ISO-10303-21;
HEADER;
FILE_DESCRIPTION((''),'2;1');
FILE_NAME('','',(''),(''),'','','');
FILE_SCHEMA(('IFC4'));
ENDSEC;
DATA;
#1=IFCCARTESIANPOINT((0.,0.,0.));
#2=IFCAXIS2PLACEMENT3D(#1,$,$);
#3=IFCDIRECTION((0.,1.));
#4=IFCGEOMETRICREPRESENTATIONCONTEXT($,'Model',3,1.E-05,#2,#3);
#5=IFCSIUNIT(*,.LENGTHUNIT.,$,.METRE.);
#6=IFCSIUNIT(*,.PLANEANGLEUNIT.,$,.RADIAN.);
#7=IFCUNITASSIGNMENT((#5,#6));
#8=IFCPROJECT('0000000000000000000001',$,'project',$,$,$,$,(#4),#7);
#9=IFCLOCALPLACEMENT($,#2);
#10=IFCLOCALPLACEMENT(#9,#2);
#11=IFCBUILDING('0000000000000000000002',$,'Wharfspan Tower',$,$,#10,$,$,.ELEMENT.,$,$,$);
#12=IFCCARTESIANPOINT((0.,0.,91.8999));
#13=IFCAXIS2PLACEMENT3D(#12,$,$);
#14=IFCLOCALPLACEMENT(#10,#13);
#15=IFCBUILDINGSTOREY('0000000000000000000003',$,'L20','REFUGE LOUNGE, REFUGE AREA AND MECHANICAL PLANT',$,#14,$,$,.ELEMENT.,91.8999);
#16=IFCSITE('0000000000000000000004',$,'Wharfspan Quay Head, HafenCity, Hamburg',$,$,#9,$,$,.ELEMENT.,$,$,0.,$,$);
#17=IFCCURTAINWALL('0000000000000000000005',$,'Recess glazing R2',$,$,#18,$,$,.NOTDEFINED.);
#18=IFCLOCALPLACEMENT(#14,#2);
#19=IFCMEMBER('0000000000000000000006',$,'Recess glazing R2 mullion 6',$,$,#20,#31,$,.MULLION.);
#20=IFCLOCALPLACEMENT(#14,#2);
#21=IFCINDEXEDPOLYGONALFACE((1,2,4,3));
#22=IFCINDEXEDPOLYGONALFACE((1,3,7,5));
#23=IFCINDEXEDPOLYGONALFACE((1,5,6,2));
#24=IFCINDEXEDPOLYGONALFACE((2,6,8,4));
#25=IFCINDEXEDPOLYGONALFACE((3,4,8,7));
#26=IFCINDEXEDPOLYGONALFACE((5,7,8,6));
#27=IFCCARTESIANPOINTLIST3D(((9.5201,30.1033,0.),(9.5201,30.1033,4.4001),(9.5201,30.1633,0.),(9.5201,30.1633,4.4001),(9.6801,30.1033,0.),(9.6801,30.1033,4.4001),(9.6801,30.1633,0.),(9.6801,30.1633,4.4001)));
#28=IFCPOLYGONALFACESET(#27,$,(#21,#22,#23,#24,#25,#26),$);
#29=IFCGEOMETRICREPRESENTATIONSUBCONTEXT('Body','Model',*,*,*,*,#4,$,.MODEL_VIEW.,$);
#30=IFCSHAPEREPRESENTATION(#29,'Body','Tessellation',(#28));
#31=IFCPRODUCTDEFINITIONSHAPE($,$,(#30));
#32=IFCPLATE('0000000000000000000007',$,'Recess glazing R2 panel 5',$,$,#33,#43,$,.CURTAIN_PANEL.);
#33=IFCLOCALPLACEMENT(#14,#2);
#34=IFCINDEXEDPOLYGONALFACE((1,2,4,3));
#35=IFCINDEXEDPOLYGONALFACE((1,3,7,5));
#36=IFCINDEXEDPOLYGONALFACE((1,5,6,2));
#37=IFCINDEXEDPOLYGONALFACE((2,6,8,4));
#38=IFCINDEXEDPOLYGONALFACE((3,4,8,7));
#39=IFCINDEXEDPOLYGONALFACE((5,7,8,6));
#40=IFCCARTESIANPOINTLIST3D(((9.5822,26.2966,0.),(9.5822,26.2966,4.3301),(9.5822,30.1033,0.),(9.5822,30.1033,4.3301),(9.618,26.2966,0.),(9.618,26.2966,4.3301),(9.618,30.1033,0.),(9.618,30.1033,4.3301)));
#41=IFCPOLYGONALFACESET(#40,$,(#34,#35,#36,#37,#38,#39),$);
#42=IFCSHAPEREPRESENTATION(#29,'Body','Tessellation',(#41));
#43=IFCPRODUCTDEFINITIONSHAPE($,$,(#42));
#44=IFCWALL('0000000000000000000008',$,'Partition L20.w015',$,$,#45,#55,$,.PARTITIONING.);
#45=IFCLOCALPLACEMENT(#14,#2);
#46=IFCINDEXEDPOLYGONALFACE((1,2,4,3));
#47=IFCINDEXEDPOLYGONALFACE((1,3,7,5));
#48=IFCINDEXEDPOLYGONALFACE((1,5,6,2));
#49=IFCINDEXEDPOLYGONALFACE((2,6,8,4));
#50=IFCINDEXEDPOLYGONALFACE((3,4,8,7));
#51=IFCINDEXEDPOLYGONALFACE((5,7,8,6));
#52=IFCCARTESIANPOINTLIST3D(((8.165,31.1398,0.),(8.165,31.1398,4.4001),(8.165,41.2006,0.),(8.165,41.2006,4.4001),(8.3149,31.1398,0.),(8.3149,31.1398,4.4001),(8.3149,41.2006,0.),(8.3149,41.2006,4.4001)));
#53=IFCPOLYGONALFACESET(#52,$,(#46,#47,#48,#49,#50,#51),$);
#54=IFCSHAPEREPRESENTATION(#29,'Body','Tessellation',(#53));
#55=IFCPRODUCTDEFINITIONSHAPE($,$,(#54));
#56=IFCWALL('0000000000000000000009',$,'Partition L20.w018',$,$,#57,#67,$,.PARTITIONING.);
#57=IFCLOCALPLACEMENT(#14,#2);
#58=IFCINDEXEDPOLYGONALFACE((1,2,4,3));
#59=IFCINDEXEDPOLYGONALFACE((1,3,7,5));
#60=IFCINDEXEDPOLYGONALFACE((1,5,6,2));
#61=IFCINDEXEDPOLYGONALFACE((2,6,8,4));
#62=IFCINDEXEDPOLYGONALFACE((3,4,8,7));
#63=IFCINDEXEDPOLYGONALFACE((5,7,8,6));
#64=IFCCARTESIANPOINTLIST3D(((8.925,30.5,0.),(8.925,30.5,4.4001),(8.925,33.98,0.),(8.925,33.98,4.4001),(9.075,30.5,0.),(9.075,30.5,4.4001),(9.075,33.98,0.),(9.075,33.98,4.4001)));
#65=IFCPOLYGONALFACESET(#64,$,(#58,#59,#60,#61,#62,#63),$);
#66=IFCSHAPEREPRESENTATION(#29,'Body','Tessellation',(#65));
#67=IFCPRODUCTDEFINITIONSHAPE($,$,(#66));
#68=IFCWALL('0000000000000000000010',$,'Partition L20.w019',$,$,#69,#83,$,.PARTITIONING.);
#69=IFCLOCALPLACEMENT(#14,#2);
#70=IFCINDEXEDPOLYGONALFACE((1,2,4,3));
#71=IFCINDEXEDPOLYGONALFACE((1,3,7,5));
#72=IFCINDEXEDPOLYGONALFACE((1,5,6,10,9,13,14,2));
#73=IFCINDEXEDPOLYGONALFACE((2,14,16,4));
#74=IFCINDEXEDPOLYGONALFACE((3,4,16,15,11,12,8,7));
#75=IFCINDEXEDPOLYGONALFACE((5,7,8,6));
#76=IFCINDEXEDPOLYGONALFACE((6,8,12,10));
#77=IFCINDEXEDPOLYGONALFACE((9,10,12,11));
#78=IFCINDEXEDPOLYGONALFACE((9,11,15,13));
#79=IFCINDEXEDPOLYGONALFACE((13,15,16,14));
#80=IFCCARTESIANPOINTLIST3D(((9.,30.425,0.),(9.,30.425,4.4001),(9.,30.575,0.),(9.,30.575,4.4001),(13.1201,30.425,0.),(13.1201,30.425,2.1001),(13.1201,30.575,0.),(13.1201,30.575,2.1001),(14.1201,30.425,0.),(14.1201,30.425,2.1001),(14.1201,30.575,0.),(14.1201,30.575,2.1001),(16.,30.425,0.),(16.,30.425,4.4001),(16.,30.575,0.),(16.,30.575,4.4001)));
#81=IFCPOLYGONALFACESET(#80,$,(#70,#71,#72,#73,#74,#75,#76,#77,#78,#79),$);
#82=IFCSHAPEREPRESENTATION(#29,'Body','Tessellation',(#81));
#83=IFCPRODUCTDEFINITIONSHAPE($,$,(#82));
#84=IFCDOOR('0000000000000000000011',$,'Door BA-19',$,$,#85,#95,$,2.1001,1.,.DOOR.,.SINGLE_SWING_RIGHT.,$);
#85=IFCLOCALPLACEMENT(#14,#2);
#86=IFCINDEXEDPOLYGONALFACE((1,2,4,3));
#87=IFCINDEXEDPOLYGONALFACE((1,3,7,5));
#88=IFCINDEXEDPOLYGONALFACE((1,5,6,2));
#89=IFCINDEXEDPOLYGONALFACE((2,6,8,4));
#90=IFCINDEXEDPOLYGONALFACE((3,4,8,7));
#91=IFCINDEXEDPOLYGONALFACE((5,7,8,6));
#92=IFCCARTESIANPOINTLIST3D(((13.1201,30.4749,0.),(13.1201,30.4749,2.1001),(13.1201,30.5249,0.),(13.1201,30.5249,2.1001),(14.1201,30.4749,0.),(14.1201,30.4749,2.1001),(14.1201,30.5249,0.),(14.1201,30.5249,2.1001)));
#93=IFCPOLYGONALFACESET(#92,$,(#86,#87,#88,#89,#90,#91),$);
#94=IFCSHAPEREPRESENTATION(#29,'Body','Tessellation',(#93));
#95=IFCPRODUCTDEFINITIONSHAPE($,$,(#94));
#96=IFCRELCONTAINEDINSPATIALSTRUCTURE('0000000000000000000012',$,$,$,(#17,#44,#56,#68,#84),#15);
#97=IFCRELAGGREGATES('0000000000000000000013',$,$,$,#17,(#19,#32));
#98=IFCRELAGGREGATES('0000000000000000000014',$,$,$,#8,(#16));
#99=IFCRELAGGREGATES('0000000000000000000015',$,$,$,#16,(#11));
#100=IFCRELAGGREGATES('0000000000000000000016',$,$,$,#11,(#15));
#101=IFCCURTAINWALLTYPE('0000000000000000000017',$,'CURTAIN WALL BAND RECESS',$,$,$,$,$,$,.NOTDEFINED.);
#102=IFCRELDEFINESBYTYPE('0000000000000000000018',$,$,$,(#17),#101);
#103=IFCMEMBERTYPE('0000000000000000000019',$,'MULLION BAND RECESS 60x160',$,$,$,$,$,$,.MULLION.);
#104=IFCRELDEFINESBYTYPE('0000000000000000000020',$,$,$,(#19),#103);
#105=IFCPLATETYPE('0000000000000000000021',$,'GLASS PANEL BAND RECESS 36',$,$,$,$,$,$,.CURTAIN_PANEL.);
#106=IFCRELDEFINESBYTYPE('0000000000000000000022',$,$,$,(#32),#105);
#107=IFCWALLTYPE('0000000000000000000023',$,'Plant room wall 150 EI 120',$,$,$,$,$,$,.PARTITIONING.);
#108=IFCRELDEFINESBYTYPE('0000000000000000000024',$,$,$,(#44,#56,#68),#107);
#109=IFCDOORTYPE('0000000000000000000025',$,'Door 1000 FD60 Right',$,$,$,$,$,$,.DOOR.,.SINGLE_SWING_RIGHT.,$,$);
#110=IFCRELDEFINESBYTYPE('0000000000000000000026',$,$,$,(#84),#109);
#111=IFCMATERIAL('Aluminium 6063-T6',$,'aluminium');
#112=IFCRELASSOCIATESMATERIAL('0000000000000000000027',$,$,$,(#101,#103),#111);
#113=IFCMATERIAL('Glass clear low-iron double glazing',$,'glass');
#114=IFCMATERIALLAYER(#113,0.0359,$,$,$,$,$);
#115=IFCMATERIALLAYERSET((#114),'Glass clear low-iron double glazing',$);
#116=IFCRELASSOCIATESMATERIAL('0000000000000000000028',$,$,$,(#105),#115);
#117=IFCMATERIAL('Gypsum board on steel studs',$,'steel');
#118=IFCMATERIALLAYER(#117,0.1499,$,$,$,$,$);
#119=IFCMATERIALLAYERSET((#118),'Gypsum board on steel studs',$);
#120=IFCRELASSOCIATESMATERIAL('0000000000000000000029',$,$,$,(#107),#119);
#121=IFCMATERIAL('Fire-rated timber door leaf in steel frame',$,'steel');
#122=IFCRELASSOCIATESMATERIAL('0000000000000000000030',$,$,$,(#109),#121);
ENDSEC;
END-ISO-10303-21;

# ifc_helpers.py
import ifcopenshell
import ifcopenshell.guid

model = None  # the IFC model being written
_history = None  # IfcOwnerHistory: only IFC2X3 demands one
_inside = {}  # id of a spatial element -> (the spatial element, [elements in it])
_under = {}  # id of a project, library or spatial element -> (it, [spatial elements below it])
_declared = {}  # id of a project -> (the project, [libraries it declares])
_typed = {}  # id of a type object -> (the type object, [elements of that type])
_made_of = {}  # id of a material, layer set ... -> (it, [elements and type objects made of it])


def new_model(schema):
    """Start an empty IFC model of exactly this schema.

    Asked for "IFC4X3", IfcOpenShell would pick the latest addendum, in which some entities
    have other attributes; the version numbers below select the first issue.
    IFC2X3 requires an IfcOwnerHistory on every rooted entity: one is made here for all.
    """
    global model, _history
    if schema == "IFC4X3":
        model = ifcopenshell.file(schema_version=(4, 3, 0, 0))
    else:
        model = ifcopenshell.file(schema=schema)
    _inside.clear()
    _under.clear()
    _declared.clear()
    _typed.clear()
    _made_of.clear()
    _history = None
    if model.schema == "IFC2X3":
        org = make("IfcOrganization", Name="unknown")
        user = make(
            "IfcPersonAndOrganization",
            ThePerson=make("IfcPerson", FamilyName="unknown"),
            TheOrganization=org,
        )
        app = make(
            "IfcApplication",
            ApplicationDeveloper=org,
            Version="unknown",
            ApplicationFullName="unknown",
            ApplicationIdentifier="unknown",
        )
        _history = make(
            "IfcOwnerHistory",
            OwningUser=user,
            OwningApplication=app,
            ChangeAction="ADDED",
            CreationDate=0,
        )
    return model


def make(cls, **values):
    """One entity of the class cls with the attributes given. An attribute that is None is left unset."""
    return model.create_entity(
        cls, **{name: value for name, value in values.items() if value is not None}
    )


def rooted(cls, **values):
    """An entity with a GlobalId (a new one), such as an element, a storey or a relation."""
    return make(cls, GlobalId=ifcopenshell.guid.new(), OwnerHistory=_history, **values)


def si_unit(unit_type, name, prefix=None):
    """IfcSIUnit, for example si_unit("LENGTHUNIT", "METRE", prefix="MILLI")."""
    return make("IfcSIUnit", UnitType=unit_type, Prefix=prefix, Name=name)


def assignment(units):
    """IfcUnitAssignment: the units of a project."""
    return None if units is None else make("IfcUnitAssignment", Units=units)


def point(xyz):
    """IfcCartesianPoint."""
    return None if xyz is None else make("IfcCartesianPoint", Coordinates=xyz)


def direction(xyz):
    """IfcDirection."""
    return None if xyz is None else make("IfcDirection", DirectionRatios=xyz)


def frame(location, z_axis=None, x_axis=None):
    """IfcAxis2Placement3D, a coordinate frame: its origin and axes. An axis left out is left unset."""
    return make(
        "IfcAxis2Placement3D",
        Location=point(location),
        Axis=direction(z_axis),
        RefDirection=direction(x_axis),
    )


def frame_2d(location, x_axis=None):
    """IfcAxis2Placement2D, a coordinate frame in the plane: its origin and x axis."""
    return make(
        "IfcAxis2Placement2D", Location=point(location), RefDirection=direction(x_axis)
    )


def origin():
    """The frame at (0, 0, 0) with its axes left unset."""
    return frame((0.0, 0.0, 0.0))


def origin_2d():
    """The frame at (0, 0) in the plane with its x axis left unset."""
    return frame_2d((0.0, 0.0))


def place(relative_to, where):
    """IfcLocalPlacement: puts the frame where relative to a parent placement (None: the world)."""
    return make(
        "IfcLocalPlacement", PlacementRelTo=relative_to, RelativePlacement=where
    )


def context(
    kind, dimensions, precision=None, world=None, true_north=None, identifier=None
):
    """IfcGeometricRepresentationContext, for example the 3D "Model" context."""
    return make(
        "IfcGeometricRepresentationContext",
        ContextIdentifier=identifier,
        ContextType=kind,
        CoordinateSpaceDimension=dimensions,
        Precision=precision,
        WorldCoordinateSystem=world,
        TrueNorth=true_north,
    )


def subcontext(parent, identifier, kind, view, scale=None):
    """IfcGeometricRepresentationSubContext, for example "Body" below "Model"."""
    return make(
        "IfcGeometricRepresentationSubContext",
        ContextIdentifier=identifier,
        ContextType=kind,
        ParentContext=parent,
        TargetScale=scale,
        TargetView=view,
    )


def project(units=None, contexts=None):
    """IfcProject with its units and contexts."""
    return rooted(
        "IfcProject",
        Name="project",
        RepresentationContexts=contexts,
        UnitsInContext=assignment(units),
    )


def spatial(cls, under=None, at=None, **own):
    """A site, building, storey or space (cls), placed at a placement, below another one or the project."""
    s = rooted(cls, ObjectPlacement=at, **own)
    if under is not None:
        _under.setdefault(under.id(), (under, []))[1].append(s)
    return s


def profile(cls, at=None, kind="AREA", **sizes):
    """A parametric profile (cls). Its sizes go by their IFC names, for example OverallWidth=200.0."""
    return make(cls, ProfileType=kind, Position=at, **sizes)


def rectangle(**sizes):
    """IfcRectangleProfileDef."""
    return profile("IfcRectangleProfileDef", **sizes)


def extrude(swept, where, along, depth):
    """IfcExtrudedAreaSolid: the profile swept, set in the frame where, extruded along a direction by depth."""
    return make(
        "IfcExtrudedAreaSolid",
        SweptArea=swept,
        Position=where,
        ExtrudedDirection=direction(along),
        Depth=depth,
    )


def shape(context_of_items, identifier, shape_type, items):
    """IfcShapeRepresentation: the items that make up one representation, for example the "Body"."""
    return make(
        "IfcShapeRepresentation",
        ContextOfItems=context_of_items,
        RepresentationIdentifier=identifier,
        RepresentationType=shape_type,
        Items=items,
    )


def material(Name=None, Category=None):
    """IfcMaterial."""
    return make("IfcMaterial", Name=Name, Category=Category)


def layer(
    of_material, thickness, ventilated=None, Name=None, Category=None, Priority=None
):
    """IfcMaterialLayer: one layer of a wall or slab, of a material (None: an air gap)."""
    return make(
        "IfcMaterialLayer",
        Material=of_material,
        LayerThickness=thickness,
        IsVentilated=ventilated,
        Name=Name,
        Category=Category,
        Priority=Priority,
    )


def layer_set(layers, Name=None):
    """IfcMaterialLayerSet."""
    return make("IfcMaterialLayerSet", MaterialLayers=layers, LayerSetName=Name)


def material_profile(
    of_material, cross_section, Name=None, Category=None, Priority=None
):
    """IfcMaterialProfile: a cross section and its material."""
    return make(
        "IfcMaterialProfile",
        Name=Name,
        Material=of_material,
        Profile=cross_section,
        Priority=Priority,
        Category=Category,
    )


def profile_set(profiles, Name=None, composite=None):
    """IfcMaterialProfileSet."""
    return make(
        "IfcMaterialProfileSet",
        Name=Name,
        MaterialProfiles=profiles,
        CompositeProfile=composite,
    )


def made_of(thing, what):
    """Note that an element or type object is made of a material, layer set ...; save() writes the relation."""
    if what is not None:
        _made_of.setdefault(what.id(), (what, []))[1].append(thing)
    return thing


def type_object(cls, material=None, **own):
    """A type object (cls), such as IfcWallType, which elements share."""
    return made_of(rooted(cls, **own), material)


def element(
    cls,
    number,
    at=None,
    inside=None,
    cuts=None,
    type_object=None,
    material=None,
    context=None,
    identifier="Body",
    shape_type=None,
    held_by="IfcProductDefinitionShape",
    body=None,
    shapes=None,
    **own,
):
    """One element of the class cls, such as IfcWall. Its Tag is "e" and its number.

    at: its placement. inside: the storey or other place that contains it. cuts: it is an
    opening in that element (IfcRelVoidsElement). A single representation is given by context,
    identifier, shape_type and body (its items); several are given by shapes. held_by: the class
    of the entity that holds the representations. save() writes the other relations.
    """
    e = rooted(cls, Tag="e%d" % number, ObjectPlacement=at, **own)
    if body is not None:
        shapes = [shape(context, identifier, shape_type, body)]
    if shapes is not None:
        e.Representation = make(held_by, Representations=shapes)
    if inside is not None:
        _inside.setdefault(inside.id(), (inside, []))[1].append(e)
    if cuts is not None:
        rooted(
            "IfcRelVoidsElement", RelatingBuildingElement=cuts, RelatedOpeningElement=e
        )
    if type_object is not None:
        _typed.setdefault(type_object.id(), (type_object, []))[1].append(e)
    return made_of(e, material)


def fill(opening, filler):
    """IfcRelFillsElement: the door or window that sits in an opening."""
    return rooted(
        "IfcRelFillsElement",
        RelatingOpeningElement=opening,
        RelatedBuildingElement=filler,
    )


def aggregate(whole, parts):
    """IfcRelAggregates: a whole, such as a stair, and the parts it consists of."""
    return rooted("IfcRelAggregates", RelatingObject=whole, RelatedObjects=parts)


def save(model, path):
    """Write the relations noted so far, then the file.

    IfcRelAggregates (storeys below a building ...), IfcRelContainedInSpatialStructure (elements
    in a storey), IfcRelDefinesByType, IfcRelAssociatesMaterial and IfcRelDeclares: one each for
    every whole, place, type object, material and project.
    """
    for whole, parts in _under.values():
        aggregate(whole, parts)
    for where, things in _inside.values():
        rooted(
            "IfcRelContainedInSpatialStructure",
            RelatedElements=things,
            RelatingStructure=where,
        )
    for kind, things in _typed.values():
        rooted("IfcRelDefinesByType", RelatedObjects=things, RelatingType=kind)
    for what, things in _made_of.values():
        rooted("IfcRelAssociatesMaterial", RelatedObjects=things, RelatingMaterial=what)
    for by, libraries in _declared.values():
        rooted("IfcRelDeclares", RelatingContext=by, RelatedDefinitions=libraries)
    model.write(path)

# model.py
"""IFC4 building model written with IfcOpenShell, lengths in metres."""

from ifc_helpers import new_model, si_unit, direction, frame, frame_2d, origin, origin_2d, place, context, subcontext, project, spatial, rectangle, extrude, material, layer, layer_set, material_profile, profile_set, type_object, element, fill, aggregate, save


model = new_model("IFC4")

# Units and contexts
model_context = context("Model", 3, precision=1e-05, world=origin(), true_north=direction((0.0, 1.0)))
body_context = subcontext(model_context, "Body", "Model", "MODEL_VIEW")
ifc_project = project(units=[si_unit("LENGTHUNIT", "METRE"), si_unit("PLANEANGLEUNIT", "RADIAN")], contexts=[model_context])

# Site, building, storey
site_placement = place(None, origin())
site = spatial("IfcSite", under=ifc_project, at=site_placement, Name="Wharfspan Quay Head, HafenCity, Hamburg", CompositionType="ELEMENT", RefElevation=0.0)
building_placement = place(site_placement, origin())
building = spatial("IfcBuilding", under=site, at=building_placement, Name="Wharfspan Tower", CompositionType="ELEMENT")
storey_placement = place(building_placement, frame((0.0, 0.0, 91.8999)))
storey = spatial("IfcBuildingStorey", under=building, at=storey_placement, Name="L20", Description="REFUGE LOUNGE, REFUGE AREA AND MECHANICAL PLANT", CompositionType="ELEMENT", Elevation=91.8999)

# Curtain wall, member, plate
ifc_material_1 = material(Name="Aluminium 6063-T6", Category="aluminium")
curtain_wall_type = type_object("IfcCurtainWallType", Name="CURTAIN WALL BAND RECESS", PredefinedType="NOTDEFINED", material=ifc_material_1)
curtain_wall_placement = place(storey_placement, origin())
curtain_wall = element("IfcCurtainWall", 1, at=curtain_wall_placement, inside=storey, type_object=curtain_wall_type, Name="Recess glazing R2", PredefinedType="NOTDEFINED")
ifc_material_profile = material_profile(ifc_material_1, rectangle(XDim=0.1599, YDim=0.0601, at=origin_2d()))
ifc_profile_set = profile_set([ifc_material_profile], Name="Aluminium 6063-T6")
member_type = type_object("IfcMemberType", Name="MULLION BAND RECESS 60x160", PredefinedType="MULLION", material=ifc_profile_set)
member_placement = place(storey_placement, frame((9.6001, 30.1333, 0.0), z_axis=(0.0, 0.0, 1.0), x_axis=(-1.0, 0.0, 0.0)))
member = element("IfcMember", 2, at=member_placement, type_object=member_type, Name="Recess glazing R2 mullion 6", PredefinedType="MULLION", context=body_context, shape_type="SweptSolid", body=[
    extrude(rectangle(XDim=0.1599, YDim=0.0601, at=origin_2d()), origin(), (0.0, 0.0, 1.0), 4.4001),
])
ifc_material_2 = material(Name="Glass clear low-iron double glazing", Category="glass")
ifc_layer_1 = layer(ifc_material_2, 0.0359)
ifc_layer_set_1 = layer_set([ifc_layer_1], Name="Glass clear low-iron double glazing")
plate_type = type_object("IfcPlateType", Name="GLASS PANEL BAND RECESS 36", PredefinedType="CURTAIN_PANEL", material=ifc_layer_set_1)
plate_placement = place(storey_placement, frame((9.6001, 28.2, 0.0), z_axis=(0.0, 0.0, 1.0), x_axis=(0.0, 1.0, 0.0)))
plate = element("IfcPlate", 3, at=plate_placement, type_object=plate_type, Name="Recess glazing R2 panel 5", PredefinedType="CURTAIN_PANEL", context=body_context, shape_type="SweptSolid", body=[
    extrude(rectangle(XDim=3.8066, YDim=0.0359, at=origin_2d()), origin(), (0.0, 0.0, 1.0), 4.3301),
])
aggregate(curtain_wall, [member, plate])

# Walls
ifc_material_3 = material(Name="Gypsum board on steel studs", Category="steel")
ifc_layer_2 = layer(ifc_material_3, 0.1499)
ifc_layer_set_2 = layer_set([ifc_layer_2], Name="Gypsum board on steel studs")
wall_type_1 = type_object("IfcWallType", Name="Plant room wall 150 EI 120", PredefinedType="PARTITIONING", material=ifc_layer_set_2)
wall_1_placement = place(storey_placement, frame((8.24, 31.1399, 0.0), z_axis=(0.0, 0.0, 1.0), x_axis=(0.0, 1.0, 0.0)))
element("IfcWall", 4, at=wall_1_placement, inside=storey, type_object=wall_type_1, Name="Partition L20.w015", PredefinedType="PARTITIONING", context=body_context, shape_type="SweptSolid", body=[
    extrude(rectangle(XDim=10.0608, YDim=0.1499, at=frame_2d((5.0303, 0.0))), origin(), (0.0, 0.0, 1.0), 4.4001),
])
wall_2_placement = place(storey_placement, frame((9.0, 30.5, 0.0), z_axis=(0.0, 0.0, 1.0), x_axis=(0.0, 1.0, 0.0)))
element("IfcWall", 5, at=wall_2_placement, inside=storey, type_object=wall_type_1, Name="Partition L20.w018", PredefinedType="PARTITIONING", context=body_context, shape_type="SweptSolid", body=[
    extrude(rectangle(XDim=3.48, YDim=0.1499, at=frame_2d((1.74, 0.0))), origin(), (0.0, 0.0, 1.0), 4.4001),
])

# Wall, opening, door
wall_3_placement = place(storey_placement, frame((9.0, 30.5, 0.0), z_axis=(0.0, 0.0, 1.0), x_axis=(1.0, 0.0, 0.0)))
wall_3 = element("IfcWall", 6, at=wall_3_placement, inside=storey, type_object=wall_type_1, Name="Partition L20.w019", PredefinedType="PARTITIONING", context=body_context, shape_type="SweptSolid", body=[
    extrude(rectangle(XDim=7.0, YDim=0.1499, at=frame_2d((3.5, 0.0))), origin(), (0.0, 0.0, 1.0), 4.4001),
])
opening_1_placement = place(wall_3_placement, frame((4.1201, 0.0, 0.0)))
opening_1 = element("IfcOpeningElement", 7, at=opening_1_placement, cuts=wall_3, PredefinedType="OPENING", context=body_context, shape_type="SweptSolid", body=[
    extrude(rectangle(XDim=1.0, YDim=2.1001, at=frame_2d((0.5, 1.05))), frame((0.0, 0.085, 0.0), z_axis=(0.0, -1.0, 0.0), x_axis=(1.0, 0.0, 0.0)), (0.0, 0.0, 1.0), 0.1699),
])
ifc_material_4 = material(Name="Fire-rated timber door leaf in steel frame", Category="steel")
door_type_1 = type_object("IfcDoorType", Name="Door 1000 FD60 Right", OperationType="SINGLE_SWING_RIGHT", PredefinedType="DOOR", material=ifc_material_4)
door_1_placement = place(opening_1_placement, origin())
door_1 = element("IfcDoor", 8, at=door_1_placement, inside=storey, type_object=door_type_1, Name="Door BA-19", OperationType="SINGLE_SWING_RIGHT", OverallHeight=2.1001, OverallWidth=1.0, PredefinedType="DOOR", context=body_context, shape_type="SweptSolid", body=[
    extrude(rectangle(XDim=1.0, YDim=2.1001, at=frame_2d((0.5, 1.05))), frame((0.0, 0.0249, 0.0), z_axis=(0.0, -1.0, 0.0), x_axis=(1.0, 0.0, 0.0)), (0.0, 0.0, 1.0), 0.05),
])
fill(opening_1, door_1)

save(model, "model.ifc")
